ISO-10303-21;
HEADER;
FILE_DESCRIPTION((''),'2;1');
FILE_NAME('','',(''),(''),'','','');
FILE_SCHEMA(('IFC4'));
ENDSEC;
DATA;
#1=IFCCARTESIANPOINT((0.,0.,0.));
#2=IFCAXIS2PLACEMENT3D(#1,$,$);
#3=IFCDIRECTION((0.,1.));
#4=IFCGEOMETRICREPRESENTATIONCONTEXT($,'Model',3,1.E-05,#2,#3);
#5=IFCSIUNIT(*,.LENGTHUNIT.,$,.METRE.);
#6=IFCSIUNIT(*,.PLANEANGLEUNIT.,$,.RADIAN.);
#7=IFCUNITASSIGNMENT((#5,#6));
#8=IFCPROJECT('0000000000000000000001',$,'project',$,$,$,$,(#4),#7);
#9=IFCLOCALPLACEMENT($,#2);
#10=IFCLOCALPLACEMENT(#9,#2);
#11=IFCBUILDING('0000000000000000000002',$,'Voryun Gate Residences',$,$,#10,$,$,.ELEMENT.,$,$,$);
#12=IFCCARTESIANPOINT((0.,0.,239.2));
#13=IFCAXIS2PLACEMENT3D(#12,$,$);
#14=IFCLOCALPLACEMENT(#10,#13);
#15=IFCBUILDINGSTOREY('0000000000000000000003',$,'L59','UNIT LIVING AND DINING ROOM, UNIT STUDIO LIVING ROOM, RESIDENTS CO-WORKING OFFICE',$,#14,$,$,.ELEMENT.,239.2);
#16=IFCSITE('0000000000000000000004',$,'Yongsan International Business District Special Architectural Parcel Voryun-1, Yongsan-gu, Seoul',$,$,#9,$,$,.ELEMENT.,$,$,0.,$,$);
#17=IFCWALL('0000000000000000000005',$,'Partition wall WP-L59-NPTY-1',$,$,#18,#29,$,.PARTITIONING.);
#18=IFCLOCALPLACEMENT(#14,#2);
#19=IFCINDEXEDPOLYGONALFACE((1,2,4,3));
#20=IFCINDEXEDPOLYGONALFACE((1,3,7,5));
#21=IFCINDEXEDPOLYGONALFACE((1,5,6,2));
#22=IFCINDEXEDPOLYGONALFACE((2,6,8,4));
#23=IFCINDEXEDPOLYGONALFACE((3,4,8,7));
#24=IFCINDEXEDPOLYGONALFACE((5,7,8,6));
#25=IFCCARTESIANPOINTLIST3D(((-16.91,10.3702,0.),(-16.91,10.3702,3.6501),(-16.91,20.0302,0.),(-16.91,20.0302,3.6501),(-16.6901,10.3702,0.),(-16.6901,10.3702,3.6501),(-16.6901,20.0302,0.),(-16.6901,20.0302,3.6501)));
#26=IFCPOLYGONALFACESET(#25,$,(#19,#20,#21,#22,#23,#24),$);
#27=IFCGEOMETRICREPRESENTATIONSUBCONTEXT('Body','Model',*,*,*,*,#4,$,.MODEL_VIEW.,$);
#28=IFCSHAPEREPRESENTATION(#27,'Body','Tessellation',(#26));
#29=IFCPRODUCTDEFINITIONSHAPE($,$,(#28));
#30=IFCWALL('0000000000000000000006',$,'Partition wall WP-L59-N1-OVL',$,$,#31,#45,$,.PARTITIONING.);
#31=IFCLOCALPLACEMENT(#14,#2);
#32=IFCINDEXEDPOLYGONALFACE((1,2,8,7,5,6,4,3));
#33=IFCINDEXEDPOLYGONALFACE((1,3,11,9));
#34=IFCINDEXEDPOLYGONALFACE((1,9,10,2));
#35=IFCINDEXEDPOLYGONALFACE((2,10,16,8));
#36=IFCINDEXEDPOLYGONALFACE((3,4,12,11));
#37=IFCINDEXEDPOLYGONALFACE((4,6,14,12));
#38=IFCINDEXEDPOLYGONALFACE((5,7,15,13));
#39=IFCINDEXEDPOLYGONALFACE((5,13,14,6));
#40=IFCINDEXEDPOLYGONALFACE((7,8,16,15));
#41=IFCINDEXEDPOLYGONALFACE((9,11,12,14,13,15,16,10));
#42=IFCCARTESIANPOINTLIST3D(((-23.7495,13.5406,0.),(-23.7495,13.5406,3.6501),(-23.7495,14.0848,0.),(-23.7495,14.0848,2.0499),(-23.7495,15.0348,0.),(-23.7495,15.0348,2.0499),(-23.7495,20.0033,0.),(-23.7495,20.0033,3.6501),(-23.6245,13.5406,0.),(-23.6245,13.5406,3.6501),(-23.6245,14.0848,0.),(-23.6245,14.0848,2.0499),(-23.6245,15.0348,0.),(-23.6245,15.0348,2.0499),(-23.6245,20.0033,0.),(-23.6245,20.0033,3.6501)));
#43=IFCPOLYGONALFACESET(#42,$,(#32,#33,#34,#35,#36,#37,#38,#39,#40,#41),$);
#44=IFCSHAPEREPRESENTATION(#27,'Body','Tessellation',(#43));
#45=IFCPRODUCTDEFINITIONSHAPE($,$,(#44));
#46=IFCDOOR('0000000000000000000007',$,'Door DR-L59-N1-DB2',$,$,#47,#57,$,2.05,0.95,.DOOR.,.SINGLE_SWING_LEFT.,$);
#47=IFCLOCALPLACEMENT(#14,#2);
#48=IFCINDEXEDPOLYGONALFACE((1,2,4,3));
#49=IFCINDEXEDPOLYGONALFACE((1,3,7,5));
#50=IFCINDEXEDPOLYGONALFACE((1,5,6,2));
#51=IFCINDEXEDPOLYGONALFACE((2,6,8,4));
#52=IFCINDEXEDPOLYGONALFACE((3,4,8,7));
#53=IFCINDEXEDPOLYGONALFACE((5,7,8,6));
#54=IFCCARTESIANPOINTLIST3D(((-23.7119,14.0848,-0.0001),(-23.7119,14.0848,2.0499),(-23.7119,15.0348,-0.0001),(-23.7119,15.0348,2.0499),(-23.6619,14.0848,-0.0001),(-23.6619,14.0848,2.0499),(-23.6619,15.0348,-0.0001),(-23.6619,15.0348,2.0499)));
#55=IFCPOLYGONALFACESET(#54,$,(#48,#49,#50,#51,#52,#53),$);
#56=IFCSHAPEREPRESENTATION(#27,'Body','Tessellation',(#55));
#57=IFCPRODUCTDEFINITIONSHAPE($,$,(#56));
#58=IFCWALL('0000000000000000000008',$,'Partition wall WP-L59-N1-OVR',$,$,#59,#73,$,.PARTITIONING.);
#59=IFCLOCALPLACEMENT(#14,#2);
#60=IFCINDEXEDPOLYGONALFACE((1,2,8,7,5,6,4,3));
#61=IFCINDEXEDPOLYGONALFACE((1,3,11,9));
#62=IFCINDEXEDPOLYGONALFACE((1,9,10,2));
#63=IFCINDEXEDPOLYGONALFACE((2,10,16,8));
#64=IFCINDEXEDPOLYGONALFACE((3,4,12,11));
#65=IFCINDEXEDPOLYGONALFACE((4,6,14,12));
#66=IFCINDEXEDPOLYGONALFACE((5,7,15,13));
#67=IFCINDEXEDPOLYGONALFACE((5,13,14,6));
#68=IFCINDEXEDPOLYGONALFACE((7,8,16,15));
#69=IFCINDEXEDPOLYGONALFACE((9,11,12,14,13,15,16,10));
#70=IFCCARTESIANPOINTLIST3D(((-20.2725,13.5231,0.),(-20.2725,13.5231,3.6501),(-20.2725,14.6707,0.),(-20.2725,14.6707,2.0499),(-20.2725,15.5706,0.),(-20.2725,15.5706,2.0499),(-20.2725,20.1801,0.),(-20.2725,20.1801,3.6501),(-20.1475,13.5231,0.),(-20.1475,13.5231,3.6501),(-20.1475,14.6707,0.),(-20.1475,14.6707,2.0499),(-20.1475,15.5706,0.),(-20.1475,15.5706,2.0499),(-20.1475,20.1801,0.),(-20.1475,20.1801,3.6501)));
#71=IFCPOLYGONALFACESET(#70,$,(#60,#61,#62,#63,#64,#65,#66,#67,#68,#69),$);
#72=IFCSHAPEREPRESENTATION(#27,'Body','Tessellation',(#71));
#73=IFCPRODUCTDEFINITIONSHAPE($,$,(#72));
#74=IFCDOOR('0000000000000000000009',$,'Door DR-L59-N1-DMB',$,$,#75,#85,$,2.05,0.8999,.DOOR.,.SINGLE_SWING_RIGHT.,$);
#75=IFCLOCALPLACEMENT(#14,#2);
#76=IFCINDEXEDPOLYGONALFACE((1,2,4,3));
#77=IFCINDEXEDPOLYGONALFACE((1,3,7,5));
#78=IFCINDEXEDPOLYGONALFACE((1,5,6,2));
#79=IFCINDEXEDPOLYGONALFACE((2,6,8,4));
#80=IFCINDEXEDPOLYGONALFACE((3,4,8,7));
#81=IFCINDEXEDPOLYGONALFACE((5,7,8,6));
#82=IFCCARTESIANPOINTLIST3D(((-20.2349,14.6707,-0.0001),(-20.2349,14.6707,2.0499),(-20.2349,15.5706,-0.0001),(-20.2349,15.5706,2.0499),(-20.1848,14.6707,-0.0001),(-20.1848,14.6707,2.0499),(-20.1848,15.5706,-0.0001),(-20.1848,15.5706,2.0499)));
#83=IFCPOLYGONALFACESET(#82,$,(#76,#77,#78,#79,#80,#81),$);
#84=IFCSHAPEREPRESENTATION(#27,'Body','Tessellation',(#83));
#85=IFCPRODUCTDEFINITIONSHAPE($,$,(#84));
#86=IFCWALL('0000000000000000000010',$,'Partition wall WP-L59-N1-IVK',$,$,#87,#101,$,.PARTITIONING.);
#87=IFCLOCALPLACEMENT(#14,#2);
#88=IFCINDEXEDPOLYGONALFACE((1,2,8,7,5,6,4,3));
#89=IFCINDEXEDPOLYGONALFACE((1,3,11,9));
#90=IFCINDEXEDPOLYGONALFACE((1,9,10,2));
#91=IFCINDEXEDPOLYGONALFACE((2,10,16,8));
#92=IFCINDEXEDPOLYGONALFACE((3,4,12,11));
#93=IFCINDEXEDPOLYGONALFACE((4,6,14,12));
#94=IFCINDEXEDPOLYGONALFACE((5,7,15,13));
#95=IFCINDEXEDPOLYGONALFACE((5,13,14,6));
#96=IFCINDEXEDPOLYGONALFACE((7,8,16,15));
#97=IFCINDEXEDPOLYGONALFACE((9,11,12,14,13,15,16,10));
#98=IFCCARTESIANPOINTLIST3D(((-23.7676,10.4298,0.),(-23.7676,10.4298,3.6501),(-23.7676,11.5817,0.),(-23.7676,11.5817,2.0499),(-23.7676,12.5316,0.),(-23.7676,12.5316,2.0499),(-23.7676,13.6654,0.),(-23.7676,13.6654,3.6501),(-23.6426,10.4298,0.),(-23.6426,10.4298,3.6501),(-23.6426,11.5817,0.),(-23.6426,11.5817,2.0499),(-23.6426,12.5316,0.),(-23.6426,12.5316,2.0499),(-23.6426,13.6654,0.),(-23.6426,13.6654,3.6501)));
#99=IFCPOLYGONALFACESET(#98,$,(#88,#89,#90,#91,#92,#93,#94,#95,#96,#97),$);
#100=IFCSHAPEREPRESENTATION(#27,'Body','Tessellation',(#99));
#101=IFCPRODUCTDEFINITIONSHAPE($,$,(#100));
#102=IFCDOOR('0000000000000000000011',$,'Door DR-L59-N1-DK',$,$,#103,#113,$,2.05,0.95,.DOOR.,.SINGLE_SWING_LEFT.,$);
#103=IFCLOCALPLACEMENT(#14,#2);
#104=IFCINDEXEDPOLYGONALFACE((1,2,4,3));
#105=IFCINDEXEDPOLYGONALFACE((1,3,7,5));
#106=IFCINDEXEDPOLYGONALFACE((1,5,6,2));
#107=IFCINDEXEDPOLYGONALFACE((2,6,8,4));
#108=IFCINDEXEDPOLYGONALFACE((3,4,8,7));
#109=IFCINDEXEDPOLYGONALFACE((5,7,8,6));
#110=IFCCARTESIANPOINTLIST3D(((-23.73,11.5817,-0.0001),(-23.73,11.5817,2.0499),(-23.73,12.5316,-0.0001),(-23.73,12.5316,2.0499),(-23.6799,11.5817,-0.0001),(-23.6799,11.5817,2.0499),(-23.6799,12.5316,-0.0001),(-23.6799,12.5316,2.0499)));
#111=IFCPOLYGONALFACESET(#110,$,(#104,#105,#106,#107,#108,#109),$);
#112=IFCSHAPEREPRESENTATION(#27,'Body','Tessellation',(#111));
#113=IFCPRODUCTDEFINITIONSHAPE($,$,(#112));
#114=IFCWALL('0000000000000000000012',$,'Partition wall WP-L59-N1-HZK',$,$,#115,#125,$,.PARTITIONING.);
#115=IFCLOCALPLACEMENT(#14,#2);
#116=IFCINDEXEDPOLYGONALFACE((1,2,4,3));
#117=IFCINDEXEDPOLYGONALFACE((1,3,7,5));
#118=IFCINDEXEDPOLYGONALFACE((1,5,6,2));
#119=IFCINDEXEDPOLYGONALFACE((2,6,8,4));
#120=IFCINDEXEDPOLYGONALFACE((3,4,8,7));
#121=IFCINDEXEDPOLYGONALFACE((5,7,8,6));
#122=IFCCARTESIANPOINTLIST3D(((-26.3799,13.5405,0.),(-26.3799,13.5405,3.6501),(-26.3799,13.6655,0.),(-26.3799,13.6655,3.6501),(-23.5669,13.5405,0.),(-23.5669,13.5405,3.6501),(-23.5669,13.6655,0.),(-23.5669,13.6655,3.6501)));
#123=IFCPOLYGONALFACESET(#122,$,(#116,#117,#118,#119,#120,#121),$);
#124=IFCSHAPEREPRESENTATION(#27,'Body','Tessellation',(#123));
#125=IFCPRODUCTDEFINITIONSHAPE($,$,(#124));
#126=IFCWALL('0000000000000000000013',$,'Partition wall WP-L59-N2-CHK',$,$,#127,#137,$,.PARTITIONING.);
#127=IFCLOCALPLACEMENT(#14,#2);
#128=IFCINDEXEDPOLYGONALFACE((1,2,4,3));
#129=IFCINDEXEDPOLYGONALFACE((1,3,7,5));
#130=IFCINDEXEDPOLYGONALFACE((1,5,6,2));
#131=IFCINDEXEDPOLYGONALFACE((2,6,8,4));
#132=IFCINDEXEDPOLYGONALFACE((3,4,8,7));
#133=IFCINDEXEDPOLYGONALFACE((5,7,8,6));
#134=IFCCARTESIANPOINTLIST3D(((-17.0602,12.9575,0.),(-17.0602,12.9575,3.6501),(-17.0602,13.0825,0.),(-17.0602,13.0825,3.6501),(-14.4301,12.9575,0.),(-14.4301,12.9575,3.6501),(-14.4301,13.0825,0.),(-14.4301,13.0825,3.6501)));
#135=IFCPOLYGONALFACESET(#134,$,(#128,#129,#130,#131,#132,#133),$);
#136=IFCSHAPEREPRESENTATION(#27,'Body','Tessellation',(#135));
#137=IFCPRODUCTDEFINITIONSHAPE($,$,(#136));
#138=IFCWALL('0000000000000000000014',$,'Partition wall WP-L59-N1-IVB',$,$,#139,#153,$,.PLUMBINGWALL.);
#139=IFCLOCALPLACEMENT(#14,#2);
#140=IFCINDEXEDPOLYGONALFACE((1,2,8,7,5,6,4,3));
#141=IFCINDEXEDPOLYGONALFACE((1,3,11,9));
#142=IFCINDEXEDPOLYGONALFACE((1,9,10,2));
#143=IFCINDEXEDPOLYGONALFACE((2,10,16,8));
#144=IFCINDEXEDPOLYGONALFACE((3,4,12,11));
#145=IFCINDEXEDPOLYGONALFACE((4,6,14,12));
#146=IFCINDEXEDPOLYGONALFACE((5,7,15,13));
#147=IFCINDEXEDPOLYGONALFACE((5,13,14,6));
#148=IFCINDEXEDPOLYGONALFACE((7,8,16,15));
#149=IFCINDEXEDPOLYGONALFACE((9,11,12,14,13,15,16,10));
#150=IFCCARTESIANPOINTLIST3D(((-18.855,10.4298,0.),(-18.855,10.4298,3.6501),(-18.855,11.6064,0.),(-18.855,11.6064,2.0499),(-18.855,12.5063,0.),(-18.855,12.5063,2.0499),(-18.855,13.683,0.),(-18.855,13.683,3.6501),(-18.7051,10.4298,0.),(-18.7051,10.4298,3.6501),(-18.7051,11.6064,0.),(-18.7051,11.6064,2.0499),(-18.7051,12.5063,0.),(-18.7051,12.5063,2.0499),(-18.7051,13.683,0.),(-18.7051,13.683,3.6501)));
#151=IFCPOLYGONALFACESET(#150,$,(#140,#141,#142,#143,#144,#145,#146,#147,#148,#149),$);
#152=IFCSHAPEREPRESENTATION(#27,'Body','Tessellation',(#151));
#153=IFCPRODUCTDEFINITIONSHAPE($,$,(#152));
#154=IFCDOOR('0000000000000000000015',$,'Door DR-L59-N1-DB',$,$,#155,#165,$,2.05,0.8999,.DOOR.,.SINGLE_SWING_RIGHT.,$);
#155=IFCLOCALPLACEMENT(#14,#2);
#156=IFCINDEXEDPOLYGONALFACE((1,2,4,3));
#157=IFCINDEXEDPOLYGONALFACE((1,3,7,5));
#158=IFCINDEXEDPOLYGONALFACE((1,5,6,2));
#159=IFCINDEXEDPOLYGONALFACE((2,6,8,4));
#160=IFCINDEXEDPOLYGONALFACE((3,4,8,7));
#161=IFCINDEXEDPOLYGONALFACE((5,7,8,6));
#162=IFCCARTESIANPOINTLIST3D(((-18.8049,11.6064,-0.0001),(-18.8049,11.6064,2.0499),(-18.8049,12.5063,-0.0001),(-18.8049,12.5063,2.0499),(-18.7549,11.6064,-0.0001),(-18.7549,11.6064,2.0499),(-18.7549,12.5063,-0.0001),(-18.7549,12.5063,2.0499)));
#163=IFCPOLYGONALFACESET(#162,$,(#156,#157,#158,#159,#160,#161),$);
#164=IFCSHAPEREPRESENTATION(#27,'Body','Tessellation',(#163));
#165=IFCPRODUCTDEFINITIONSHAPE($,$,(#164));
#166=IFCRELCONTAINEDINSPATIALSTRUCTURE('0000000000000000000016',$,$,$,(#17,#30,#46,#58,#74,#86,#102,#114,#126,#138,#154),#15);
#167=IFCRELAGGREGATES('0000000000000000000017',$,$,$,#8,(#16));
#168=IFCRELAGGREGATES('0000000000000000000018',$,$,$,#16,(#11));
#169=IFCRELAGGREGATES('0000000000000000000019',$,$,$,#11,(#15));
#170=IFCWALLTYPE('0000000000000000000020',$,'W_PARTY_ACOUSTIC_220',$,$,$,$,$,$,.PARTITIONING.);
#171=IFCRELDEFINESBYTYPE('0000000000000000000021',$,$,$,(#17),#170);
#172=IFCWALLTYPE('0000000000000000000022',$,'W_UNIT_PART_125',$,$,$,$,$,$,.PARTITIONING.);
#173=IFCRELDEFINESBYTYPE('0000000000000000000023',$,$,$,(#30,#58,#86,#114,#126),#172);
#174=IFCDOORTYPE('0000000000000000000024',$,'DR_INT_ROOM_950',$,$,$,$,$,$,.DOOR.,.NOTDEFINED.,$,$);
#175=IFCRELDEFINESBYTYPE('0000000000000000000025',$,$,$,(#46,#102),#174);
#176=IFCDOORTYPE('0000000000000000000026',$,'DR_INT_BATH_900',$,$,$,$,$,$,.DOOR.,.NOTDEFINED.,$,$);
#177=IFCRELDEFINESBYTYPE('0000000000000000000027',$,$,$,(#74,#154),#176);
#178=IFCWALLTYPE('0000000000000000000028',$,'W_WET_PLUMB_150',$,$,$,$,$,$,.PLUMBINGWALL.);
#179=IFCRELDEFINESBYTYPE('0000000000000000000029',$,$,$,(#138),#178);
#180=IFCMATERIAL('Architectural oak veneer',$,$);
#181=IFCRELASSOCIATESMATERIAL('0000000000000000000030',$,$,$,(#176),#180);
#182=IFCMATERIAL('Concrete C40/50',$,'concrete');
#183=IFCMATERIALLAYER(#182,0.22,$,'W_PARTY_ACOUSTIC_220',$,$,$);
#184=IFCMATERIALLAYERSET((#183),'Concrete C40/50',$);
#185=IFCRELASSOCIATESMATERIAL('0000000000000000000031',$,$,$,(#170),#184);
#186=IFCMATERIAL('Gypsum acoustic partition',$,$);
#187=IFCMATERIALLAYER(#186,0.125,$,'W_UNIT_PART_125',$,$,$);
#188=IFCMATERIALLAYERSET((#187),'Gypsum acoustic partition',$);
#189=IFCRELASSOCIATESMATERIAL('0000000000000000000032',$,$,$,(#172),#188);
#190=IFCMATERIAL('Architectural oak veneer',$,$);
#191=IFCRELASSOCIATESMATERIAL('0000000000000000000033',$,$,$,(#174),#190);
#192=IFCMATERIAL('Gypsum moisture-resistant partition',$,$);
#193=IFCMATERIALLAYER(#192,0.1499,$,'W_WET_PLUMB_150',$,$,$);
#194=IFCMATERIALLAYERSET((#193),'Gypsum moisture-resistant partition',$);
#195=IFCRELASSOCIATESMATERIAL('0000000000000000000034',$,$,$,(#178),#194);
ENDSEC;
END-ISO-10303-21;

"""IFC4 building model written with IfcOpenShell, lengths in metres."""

from ifc_helpers import new_model, si_unit, direction, frame, frame_2d, origin, place, context, subcontext, project, spatial, rectangle, extrude, material, layer, layer_set, type_object, element, fill, save


model = new_model("IFC4")

# Units and contexts
model_context = context("Model", 3, precision=1e-05, world=origin(), true_north=direction((0.0, 1.0)))
body_context = subcontext(model_context, "Body", "Model", "MODEL_VIEW")
ifc_project = project(units=[si_unit("LENGTHUNIT", "METRE"), si_unit("PLANEANGLEUNIT", "RADIAN")], contexts=[model_context])

# Site, building, storey
site_placement = place(None, origin())
site = spatial("IfcSite", under=ifc_project, at=site_placement, Name="Yongsan International Business District Special Architectural Parcel Voryun-1, Yongsan-gu, Seoul", CompositionType="ELEMENT", RefElevation=0.0)
building_placement = place(site_placement, origin())
building = spatial("IfcBuilding", under=site, at=building_placement, Name="Voryun Gate Residences", CompositionType="ELEMENT")
storey_placement = place(building_placement, frame((0.0, 0.0, 239.2)))
storey = spatial("IfcBuildingStorey", under=building, at=storey_placement, Name="L59", Description="UNIT LIVING AND DINING ROOM, UNIT STUDIO LIVING ROOM, RESIDENTS CO-WORKING OFFICE", CompositionType="ELEMENT", Elevation=239.2)

# Shared definitions
ifc_material_1 = material(Name="Architectural oak veneer")
door_type_1 = type_object("IfcDoorType", Name="DR_INT_BATH_900", OperationType="NOTDEFINED", PredefinedType="DOOR", material=ifc_material_1)

# Wall
ifc_material_2 = material(Name="Concrete C40/50", Category="concrete")
ifc_layer_1 = layer(ifc_material_2, 0.22, Name="W_PARTY_ACOUSTIC_220")
ifc_layer_set_1 = layer_set([ifc_layer_1], Name="Concrete C40/50")
wall_type_1 = type_object("IfcWallType", Name="W_PARTY_ACOUSTIC_220", PredefinedType="PARTITIONING", material=ifc_layer_set_1)
wall_1_placement = place(storey_placement, frame((-16.8, 10.3701, 0.0), z_axis=(0.0, 0.0, 1.0), x_axis=(0.0, 1.0, 0.0)))
element("IfcWall", 1, at=wall_1_placement, inside=storey, type_object=wall_type_1, Name="Partition wall WP-L59-NPTY-1", PredefinedType="PARTITIONING", context=body_context, shape_type="SweptSolid", body=[
    extrude(rectangle(XDim=9.6599, YDim=0.22, at=frame_2d((4.8301, 0.0))), origin(), (0.0, 0.0, 1.0), 3.6501),
])

# Walls, openings, doors
ifc_material_3 = material(Name="Gypsum acoustic partition")
ifc_layer_2 = layer(ifc_material_3, 0.125, Name="W_UNIT_PART_125")
ifc_layer_set_2 = layer_set([ifc_layer_2], Name="Gypsum acoustic partition")
wall_type_2 = type_object("IfcWallType", Name="W_UNIT_PART_125", PredefinedType="PARTITIONING", material=ifc_layer_set_2)
wall_2_placement = place(storey_placement, frame((-23.687, 13.5405, 0.0), z_axis=(0.0, 0.0, 1.0), x_axis=(0.0, 1.0, 0.0)))
wall_2 = element("IfcWall", 2, at=wall_2_placement, inside=storey, type_object=wall_type_2, Name="Partition wall WP-L59-N1-OVL", PredefinedType="PARTITIONING", context=body_context, shape_type="SweptSolid", body=[
    extrude(rectangle(XDim=6.4626, YDim=0.125, at=frame_2d((3.2314, 0.0))), origin(), (0.0, 0.0, 1.0), 3.6501),
])
opening_1_placement = place(wall_2_placement, frame((0.5442, 0.0, 0.0)))
opening_1 = element("IfcOpeningElement", 3, at=opening_1_placement, cuts=wall_2, PredefinedType="OPENING", context=body_context, shape_type="SweptSolid", body=[
    extrude(rectangle(XDim=0.95, YDim=2.05, at=frame_2d((0.4751, 1.0249))), frame((0.0, 0.0725, 0.0), z_axis=(0.0, -1.0, 0.0), x_axis=(1.0, 0.0, 0.0)), (0.0, 0.0, 1.0), 0.145),
])
ifc_material_4 = material(Name="Architectural oak veneer")
door_type_2 = type_object("IfcDoorType", Name="DR_INT_ROOM_950", OperationType="NOTDEFINED", PredefinedType="DOOR", material=ifc_material_4)
door_1_placement = place(opening_1_placement, origin())
door_1 = element("IfcDoor", 4, at=door_1_placement, inside=storey, type_object=door_type_2, Name="Door DR-L59-N1-DB2", OperationType="SINGLE_SWING_LEFT", OverallHeight=2.05, OverallWidth=0.95, PredefinedType="DOOR", context=body_context, shape_type="SweptSolid", body=[
    extrude(rectangle(XDim=0.95, YDim=2.05, at=frame_2d((0.4751, 1.0249))), frame((0.0, 0.0249, 0.0), z_axis=(0.0, -1.0, 0.0), x_axis=(1.0, 0.0, 0.0)), (0.0, 0.0, 1.0), 0.05),
])
fill(opening_1, door_1)
wall_3_placement = place(storey_placement, frame((-20.21, 13.5229, 0.0), z_axis=(0.0, 0.0, 1.0), x_axis=(0.0, 1.0, 0.0)))
wall_3 = element("IfcWall", 5, at=wall_3_placement, inside=storey, type_object=wall_type_2, Name="Partition wall WP-L59-N1-OVR", PredefinedType="PARTITIONING", context=body_context, shape_type="SweptSolid", body=[
    extrude(rectangle(XDim=6.657, YDim=0.125, at=frame_2d((3.3286, 0.0))), origin(), (0.0, 0.0, 1.0), 3.6501),
])
opening_2_placement = place(wall_3_placement, frame((1.1477, 0.0, 0.0)))
opening_2 = element("IfcOpeningElement", 6, at=opening_2_placement, cuts=wall_3, PredefinedType="OPENING", context=body_context, shape_type="SweptSolid", body=[
    extrude(rectangle(XDim=0.8999, YDim=2.05, at=frame_2d((0.45, 1.0249))), frame((0.0, 0.0725, 0.0), z_axis=(0.0, -1.0, 0.0), x_axis=(1.0, 0.0, 0.0)), (0.0, 0.0, 1.0), 0.145),
])
door_2_placement = place(opening_2_placement, origin())
door_2 = element("IfcDoor", 7, at=door_2_placement, inside=storey, type_object=door_type_1, Name="Door DR-L59-N1-DMB", OperationType="SINGLE_SWING_RIGHT", OverallHeight=2.05, OverallWidth=0.8999, PredefinedType="DOOR", context=body_context, shape_type="SweptSolid", body=[
    extrude(rectangle(XDim=0.8999, YDim=2.05, at=frame_2d((0.45, 1.0249))), frame((0.0, 0.0249, 0.0), z_axis=(0.0, -1.0, 0.0), x_axis=(1.0, 0.0, 0.0)), (0.0, 0.0, 1.0), 0.05),
])
fill(opening_2, door_2)
wall_4_placement = place(storey_placement, frame((-23.7051, 10.4299, 0.0), z_axis=(0.0, 0.0, 1.0), x_axis=(0.0, 1.0, 0.0)))
wall_4 = element("IfcWall", 8, at=wall_4_placement, inside=storey, type_object=wall_type_2, Name="Partition wall WP-L59-N1-IVK", PredefinedType="PARTITIONING", context=body_context, shape_type="SweptSolid", body=[
    extrude(rectangle(XDim=3.2356, YDim=0.125, at=frame_2d((1.6177, 0.0))), origin(), (0.0, 0.0, 1.0), 3.6501),
])
opening_3_placement = place(wall_4_placement, frame((1.1516, 0.0, 0.0)))
opening_3 = element("IfcOpeningElement", 9, at=opening_3_placement, cuts=wall_4, PredefinedType="OPENING", context=body_context, shape_type="SweptSolid", body=[
    extrude(rectangle(XDim=0.95, YDim=2.05, at=frame_2d((0.4751, 1.0249))), frame((0.0, 0.0725, 0.0), z_axis=(0.0, -1.0, 0.0), x_axis=(1.0, 0.0, 0.0)), (0.0, 0.0, 1.0), 0.145),
])
door_3_placement = place(opening_3_placement, origin())
door_3 = element("IfcDoor", 10, at=door_3_placement, inside=storey, type_object=door_type_2, Name="Door DR-L59-N1-DK", OperationType="SINGLE_SWING_LEFT", OverallHeight=2.05, OverallWidth=0.95, PredefinedType="DOOR", context=body_context, shape_type="SweptSolid", body=[
    extrude(rectangle(XDim=0.95, YDim=2.05, at=frame_2d((0.4751, 1.0249))), frame((0.0, 0.0249, 0.0), z_axis=(0.0, -1.0, 0.0), x_axis=(1.0, 0.0, 0.0)), (0.0, 0.0, 1.0), 0.05),
])
fill(opening_3, door_3)

# Walls
wall_5_placement = place(storey_placement, frame((-26.3799, 13.603, 0.0), z_axis=(0.0, 0.0, 1.0), x_axis=(1.0, 0.0, 0.0)))
element("IfcWall", 11, at=wall_5_placement, inside=storey, type_object=wall_type_2, Name="Partition wall WP-L59-N1-HZK", PredefinedType="PARTITIONING", context=body_context, shape_type="SweptSolid", body=[
    extrude(rectangle(XDim=2.813, YDim=0.125, at=frame_2d((1.4065, 0.0))), origin(), (0.0, 0.0, 1.0), 3.6501),
])
wall_6_placement = place(storey_placement, frame((-17.0601, 13.02, 0.0), z_axis=(0.0, 0.0, 1.0), x_axis=(1.0, 0.0, 0.0)))
element("IfcWall", 12, at=wall_6_placement, inside=storey, type_object=wall_type_2, Name="Partition wall WP-L59-N2-CHK", PredefinedType="PARTITIONING", context=body_context, shape_type="SweptSolid", body=[
    extrude(rectangle(XDim=2.6301, YDim=0.125, at=frame_2d((1.3149, 0.0))), origin(), (0.0, 0.0, 1.0), 3.6501),
])

# Wall, opening, door
ifc_material_5 = material(Name="Gypsum moisture-resistant partition")
ifc_layer_3 = layer(ifc_material_5, 0.1499, Name="W_WET_PLUMB_150")
ifc_layer_set_3 = layer_set([ifc_layer_3], Name="Gypsum moisture-resistant partition")
wall_type_3 = type_object("IfcWallType", Name="W_WET_PLUMB_150", PredefinedType="PLUMBINGWALL", material=ifc_layer_set_3)
wall_7_placement = place(storey_placement, frame((-18.78, 10.4299, 0.0), z_axis=(0.0, 0.0, 1.0), x_axis=(0.0, 1.0, 0.0)))
wall_7 = element("IfcWall", 13, at=wall_7_placement, inside=storey, type_object=wall_type_3, Name="Partition wall WP-L59-N1-IVB", PredefinedType="PLUMBINGWALL", context=body_context, shape_type="SweptSolid", body=[
    extrude(rectangle(XDim=3.2532, YDim=0.1499, at=frame_2d((1.6265, 0.0))), origin(), (0.0, 0.0, 1.0), 3.6501),
])
opening_4_placement = place(wall_7_placement, frame((1.1765, 0.0, 0.0)))
opening_4 = element("IfcOpeningElement", 14, at=opening_4_placement, cuts=wall_7, PredefinedType="OPENING", context=body_context, shape_type="SweptSolid", body=[
    extrude(rectangle(XDim=0.8999, YDim=2.05, at=frame_2d((0.45, 1.0249))), frame((0.0, 0.085, 0.0), z_axis=(0.0, -1.0, 0.0), x_axis=(1.0, 0.0, 0.0)), (0.0, 0.0, 1.0), 0.1699),
])
door_4_placement = place(opening_4_placement, origin())
door_4 = element("IfcDoor", 15, at=door_4_placement, inside=storey, type_object=door_type_1, Name="Door DR-L59-N1-DB", OperationType="SINGLE_SWING_RIGHT", OverallHeight=2.05, OverallWidth=0.8999, PredefinedType="DOOR", context=body_context, shape_type="SweptSolid", body=[
    extrude(rectangle(XDim=0.8999, YDim=2.05, at=frame_2d((0.45, 1.0249))), frame((0.0, 0.0249, 0.0), z_axis=(0.0, -1.0, 0.0), x_axis=(1.0, 0.0, 0.0)), (0.0, 0.0, 1.0), 0.05),
])
fill(opening_4, door_4)

save(model, "model.ifc")
